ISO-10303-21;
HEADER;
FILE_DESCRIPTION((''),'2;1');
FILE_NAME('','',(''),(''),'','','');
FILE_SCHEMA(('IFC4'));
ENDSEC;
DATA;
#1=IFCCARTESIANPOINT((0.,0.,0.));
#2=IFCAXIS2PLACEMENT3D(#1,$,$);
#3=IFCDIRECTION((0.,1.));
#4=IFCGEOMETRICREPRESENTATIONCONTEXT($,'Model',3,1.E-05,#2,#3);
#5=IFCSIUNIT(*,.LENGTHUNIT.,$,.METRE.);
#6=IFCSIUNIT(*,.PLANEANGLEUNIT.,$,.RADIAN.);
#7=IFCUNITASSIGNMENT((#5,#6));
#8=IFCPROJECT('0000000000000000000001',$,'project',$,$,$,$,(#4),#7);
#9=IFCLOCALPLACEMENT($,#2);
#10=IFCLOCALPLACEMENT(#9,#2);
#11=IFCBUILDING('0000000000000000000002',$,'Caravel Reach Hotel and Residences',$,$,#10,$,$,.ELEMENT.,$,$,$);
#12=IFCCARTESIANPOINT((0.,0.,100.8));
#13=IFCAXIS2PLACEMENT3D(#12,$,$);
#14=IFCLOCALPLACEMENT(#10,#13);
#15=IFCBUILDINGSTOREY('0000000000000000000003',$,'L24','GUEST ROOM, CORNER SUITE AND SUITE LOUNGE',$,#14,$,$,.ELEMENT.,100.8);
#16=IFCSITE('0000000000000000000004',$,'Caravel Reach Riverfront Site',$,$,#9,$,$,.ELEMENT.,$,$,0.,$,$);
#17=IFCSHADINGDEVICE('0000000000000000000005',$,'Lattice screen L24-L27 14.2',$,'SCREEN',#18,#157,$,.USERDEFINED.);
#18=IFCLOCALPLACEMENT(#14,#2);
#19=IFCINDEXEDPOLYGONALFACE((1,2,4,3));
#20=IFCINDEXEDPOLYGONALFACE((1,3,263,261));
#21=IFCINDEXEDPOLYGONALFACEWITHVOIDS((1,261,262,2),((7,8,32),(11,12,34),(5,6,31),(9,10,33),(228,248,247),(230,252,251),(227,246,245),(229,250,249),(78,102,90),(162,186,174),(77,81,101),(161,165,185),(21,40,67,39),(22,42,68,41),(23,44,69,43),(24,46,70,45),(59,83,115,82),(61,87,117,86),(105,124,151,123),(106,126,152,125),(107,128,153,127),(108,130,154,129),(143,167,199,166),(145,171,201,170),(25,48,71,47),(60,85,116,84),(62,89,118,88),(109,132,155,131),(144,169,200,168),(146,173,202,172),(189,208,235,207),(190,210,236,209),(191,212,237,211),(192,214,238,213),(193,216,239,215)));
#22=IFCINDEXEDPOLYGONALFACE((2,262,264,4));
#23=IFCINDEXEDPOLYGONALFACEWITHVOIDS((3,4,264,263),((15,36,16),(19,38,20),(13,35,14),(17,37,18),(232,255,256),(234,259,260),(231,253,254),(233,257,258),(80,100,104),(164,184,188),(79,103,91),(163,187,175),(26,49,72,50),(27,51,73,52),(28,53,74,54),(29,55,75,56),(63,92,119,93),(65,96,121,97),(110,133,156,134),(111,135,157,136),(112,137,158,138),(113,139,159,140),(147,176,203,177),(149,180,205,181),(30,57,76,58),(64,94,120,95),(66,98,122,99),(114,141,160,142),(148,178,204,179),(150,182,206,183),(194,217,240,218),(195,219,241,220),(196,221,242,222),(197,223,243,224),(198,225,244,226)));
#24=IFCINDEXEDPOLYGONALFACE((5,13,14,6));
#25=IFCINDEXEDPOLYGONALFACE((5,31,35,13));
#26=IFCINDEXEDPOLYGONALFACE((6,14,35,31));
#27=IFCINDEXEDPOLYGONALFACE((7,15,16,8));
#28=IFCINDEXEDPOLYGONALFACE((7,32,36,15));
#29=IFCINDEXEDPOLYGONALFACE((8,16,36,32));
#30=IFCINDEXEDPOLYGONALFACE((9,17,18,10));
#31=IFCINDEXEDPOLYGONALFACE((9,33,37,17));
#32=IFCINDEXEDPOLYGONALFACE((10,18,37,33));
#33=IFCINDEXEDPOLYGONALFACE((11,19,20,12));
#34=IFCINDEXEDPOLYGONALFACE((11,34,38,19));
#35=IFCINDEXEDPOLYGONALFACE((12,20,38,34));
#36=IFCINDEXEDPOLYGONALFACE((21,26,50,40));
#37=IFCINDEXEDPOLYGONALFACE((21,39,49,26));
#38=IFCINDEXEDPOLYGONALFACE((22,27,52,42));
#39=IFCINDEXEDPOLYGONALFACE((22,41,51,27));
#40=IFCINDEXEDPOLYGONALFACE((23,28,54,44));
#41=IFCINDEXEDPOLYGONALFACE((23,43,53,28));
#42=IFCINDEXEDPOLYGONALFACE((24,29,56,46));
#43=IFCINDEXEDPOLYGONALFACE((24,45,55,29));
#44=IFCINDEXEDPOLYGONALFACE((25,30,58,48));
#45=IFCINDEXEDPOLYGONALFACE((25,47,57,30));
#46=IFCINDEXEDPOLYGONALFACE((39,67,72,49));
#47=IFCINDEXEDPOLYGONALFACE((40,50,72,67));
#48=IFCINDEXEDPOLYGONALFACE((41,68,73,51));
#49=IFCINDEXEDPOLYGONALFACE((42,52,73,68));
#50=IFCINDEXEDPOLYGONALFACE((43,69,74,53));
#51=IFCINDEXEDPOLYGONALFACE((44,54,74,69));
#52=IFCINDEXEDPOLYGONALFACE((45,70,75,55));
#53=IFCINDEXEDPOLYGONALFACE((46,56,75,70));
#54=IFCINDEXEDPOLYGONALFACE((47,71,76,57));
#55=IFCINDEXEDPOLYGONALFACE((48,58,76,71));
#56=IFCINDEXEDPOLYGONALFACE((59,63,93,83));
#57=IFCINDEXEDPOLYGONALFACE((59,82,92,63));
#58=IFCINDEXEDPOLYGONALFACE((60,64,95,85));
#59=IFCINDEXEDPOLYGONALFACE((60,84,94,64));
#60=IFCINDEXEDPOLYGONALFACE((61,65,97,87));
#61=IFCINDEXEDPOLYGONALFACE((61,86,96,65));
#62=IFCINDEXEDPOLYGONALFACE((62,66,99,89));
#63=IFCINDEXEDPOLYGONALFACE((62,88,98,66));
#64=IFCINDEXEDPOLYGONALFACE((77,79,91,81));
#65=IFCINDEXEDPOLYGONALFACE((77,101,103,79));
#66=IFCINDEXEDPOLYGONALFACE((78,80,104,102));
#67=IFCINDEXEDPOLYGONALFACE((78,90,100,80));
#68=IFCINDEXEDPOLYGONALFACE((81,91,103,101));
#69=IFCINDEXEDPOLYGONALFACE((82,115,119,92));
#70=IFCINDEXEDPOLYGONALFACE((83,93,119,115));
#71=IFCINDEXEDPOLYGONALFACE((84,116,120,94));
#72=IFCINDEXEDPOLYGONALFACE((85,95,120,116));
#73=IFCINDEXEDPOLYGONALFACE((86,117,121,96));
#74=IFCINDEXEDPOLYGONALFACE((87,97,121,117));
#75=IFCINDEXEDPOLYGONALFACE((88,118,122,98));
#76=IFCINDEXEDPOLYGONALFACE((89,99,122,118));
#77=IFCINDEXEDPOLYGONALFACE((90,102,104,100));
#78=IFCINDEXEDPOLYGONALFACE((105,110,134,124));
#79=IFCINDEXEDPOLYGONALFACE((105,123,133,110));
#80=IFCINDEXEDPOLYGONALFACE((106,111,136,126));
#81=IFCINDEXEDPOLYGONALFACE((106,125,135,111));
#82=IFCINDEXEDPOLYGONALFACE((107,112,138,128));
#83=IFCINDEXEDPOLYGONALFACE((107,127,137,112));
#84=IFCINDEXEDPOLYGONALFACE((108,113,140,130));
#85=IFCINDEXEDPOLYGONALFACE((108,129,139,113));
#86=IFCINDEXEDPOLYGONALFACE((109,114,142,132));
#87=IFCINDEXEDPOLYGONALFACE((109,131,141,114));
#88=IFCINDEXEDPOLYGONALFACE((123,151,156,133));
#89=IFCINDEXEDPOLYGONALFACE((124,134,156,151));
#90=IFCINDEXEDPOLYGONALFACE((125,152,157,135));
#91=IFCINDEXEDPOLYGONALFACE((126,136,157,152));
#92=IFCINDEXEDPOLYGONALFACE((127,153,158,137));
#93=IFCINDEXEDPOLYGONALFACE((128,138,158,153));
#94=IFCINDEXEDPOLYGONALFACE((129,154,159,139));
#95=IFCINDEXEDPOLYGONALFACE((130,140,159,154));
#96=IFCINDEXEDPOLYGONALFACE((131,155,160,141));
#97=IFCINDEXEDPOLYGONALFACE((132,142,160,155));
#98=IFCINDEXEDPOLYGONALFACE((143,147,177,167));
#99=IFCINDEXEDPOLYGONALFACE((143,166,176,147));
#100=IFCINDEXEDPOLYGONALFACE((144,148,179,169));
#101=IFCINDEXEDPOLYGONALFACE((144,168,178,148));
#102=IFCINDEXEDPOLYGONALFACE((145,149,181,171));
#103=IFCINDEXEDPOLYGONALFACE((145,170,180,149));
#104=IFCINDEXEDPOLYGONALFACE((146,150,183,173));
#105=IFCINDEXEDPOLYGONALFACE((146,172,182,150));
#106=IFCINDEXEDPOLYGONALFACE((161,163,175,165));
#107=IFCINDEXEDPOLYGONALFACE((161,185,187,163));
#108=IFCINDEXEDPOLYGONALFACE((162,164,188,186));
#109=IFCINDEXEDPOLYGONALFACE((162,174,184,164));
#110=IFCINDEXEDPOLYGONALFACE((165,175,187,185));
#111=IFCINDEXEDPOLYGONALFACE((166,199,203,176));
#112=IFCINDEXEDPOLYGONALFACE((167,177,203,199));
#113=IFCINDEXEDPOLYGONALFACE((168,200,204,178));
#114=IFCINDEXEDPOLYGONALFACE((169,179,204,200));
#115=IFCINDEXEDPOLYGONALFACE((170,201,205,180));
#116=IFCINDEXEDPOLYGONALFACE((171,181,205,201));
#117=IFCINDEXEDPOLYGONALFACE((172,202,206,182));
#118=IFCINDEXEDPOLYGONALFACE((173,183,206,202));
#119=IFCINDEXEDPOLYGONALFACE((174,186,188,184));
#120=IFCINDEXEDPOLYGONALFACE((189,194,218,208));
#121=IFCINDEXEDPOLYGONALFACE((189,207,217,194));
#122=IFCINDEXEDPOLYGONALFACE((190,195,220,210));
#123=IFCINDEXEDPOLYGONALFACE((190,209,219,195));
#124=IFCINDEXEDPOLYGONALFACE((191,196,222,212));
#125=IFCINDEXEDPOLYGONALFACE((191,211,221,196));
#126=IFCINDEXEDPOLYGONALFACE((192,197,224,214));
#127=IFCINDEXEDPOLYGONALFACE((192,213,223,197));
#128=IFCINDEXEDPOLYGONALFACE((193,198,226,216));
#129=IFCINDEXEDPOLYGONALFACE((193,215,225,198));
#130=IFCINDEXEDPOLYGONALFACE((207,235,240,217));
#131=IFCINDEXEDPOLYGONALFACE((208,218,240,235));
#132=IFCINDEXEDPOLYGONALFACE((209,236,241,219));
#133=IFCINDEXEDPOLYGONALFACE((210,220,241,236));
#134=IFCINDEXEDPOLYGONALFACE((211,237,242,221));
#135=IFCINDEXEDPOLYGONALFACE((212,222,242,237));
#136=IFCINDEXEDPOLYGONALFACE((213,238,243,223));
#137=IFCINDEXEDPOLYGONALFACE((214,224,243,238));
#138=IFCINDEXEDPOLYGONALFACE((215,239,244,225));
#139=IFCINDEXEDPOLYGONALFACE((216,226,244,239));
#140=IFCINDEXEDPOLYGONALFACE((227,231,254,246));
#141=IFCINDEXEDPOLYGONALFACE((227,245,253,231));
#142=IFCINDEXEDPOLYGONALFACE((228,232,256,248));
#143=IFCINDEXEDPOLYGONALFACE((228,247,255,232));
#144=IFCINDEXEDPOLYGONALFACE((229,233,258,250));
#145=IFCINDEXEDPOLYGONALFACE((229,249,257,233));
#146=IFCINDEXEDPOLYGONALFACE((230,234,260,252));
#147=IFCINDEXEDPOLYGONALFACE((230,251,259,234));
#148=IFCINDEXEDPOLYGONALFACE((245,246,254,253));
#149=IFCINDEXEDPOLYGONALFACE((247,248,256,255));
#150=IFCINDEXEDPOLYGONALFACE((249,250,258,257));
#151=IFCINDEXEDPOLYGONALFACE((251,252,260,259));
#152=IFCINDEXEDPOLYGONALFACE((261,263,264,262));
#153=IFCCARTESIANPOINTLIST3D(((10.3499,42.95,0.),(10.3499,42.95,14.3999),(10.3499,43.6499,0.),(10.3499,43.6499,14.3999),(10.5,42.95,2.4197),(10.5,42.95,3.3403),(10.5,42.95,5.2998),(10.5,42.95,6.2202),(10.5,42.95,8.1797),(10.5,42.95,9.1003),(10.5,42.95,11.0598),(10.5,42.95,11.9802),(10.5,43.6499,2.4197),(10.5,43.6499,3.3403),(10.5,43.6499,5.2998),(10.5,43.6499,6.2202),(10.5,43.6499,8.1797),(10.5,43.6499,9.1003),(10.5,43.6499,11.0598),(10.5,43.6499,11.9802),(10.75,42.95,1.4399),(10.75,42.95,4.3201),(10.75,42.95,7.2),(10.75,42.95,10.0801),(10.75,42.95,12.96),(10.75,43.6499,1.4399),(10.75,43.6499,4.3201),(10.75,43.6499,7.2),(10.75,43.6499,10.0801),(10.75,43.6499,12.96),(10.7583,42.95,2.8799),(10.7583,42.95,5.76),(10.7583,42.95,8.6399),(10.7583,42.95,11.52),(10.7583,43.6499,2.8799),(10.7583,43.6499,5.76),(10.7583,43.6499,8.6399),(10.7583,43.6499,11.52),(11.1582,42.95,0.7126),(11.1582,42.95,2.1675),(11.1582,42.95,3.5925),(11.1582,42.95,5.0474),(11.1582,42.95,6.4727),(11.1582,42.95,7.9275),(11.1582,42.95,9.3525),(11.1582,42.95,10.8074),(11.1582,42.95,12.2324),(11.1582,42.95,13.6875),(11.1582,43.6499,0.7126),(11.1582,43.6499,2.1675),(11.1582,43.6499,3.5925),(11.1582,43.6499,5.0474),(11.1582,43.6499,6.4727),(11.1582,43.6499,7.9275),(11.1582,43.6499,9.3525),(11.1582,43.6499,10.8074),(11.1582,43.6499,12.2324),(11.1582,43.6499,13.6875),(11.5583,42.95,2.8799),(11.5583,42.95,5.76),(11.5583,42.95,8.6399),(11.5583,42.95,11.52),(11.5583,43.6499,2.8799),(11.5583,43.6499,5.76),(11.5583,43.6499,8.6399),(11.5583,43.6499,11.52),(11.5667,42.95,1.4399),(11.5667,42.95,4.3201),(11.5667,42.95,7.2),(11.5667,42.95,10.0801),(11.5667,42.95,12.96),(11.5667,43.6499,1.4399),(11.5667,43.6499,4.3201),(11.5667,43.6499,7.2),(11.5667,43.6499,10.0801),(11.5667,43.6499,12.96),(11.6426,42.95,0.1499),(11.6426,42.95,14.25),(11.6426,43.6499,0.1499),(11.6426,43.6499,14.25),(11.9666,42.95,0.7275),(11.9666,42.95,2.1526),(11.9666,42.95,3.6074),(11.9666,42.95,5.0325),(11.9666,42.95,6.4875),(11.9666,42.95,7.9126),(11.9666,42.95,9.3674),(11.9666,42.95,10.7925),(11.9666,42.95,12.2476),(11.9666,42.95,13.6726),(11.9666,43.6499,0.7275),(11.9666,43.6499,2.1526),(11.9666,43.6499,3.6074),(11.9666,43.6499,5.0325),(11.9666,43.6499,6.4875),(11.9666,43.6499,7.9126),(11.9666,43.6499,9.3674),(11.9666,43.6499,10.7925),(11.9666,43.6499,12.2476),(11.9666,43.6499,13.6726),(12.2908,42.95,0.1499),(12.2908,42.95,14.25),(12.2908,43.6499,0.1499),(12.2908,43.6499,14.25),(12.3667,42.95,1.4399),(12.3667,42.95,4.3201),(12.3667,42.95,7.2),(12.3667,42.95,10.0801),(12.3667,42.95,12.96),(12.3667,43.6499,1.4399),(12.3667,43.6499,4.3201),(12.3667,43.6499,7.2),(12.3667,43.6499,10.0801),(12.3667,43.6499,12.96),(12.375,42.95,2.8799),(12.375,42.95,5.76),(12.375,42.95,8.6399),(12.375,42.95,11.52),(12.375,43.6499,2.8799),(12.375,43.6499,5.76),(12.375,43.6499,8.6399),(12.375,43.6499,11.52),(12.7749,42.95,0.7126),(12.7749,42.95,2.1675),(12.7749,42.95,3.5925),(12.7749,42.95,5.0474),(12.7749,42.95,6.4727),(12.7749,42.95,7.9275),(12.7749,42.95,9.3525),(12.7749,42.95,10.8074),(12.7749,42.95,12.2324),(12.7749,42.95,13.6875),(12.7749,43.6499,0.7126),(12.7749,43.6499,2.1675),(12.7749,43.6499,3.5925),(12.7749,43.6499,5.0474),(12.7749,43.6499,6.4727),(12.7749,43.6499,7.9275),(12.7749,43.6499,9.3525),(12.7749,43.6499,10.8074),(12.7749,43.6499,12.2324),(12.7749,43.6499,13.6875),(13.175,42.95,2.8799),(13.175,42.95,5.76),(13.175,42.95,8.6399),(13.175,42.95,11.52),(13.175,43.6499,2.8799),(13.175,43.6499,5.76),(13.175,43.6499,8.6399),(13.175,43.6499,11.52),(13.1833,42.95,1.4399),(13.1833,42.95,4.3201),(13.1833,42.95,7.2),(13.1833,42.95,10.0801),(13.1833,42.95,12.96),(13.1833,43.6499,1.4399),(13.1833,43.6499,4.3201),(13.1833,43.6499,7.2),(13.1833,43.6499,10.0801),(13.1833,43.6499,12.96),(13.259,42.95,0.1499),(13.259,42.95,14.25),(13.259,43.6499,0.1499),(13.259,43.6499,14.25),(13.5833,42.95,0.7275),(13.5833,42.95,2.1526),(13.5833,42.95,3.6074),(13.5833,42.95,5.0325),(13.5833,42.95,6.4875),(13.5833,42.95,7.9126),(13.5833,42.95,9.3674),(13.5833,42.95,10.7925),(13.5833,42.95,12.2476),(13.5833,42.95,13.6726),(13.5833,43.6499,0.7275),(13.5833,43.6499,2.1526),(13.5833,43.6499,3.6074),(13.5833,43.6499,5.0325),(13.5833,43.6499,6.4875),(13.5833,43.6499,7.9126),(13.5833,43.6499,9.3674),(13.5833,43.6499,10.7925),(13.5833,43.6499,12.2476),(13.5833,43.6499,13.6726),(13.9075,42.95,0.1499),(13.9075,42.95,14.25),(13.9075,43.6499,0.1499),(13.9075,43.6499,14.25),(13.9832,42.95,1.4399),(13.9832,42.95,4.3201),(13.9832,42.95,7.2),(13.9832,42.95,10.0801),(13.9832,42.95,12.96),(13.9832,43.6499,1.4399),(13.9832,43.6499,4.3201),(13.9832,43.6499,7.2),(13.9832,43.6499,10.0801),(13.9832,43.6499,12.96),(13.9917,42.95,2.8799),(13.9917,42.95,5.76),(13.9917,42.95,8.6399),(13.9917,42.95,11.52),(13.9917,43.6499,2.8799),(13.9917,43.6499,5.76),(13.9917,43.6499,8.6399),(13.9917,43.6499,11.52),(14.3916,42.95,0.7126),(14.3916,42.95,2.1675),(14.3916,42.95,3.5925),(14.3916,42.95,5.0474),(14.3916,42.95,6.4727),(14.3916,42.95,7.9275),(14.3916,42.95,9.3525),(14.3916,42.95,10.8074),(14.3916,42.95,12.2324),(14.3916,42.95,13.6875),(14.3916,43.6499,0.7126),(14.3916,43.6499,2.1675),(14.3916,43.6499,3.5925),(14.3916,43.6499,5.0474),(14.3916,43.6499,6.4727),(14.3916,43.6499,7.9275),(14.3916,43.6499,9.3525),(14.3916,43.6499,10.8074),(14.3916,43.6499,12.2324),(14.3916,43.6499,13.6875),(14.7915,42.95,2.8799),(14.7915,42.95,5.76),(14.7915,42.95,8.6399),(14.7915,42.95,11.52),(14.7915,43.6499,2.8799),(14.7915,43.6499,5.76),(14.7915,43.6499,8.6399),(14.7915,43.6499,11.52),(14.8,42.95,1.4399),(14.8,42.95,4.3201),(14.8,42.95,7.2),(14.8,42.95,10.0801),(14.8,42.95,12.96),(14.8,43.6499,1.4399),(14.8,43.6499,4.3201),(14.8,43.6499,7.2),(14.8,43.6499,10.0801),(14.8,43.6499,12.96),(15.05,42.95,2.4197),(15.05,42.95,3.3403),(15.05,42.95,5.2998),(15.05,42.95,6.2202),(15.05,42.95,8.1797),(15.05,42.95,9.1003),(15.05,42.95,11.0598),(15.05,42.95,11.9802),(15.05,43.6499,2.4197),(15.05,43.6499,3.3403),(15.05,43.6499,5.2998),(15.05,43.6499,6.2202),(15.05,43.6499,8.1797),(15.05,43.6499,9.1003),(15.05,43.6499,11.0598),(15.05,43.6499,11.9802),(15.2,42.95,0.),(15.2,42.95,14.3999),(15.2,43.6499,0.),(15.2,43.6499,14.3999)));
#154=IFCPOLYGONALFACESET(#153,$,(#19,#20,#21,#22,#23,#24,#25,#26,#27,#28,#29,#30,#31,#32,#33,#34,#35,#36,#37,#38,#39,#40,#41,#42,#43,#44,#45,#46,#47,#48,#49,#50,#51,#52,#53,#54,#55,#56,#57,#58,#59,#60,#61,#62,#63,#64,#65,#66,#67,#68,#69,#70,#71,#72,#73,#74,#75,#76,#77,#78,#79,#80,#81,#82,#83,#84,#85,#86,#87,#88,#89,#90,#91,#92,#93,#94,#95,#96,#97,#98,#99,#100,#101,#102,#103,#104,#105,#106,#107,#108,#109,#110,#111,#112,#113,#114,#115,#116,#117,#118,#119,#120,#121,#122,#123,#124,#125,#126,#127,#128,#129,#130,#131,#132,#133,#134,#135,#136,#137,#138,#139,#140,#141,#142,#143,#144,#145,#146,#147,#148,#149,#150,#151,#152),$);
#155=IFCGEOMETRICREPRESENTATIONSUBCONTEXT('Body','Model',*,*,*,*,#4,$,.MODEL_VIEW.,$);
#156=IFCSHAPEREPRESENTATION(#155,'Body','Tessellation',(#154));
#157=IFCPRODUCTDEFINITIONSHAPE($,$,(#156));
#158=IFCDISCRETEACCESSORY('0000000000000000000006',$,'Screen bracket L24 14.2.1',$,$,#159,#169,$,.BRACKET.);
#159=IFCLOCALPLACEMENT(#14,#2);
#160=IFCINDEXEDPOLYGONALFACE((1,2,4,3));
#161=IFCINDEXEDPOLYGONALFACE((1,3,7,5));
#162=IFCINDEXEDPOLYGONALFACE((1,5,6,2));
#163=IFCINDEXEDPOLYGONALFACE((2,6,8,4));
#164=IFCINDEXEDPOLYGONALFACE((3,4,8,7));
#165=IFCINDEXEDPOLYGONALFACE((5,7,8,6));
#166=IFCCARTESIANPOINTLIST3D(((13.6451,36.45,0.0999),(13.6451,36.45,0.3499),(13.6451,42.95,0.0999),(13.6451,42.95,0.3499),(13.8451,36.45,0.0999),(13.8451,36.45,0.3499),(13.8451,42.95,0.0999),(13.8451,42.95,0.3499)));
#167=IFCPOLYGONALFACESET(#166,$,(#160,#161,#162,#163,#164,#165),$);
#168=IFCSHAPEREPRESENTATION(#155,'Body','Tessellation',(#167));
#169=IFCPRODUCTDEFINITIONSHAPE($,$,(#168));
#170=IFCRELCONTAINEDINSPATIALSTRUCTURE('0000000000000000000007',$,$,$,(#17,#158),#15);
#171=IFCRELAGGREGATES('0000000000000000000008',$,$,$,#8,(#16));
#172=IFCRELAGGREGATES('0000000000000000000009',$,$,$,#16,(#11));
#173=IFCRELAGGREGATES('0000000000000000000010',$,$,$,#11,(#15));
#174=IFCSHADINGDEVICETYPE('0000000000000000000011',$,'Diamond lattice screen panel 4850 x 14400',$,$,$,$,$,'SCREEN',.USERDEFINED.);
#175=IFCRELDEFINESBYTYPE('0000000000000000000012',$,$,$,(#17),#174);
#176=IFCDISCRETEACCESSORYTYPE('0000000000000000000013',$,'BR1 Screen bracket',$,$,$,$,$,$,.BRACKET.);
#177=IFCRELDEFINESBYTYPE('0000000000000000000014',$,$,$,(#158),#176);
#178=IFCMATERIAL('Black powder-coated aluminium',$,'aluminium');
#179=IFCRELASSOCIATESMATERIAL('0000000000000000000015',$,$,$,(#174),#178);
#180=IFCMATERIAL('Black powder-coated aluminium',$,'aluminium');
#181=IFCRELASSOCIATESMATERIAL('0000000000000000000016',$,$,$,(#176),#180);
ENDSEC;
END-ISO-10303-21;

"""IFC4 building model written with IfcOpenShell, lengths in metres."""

from ifc_helpers import new_model, si_unit, direction, frame, origin, origin_2d, place, context, subcontext, project, spatial, polyline, rectangle, outline, extrude, material, type_object, element, save


model = new_model("IFC4")

# Units and contexts
model_context = context("Model", 3, precision=1e-05, world=origin(), true_north=direction((0.0, 1.0)))
body_context = subcontext(model_context, "Body", "Model", "MODEL_VIEW")
ifc_project = project(units=[si_unit("LENGTHUNIT", "METRE"), si_unit("PLANEANGLEUNIT", "RADIAN")], contexts=[model_context])

# Site, building, storey
site_placement = place(None, origin())
site = spatial("IfcSite", under=ifc_project, at=site_placement, Name="Caravel Reach Riverfront Site", CompositionType="ELEMENT", RefElevation=0.0)
building_placement = place(site_placement, origin())
building = spatial("IfcBuilding", under=site, at=building_placement, Name="Caravel Reach Hotel and Residences", CompositionType="ELEMENT")
storey_placement = place(building_placement, frame((0.0, 0.0, 100.8)))
storey = spatial("IfcBuildingStorey", under=building, at=storey_placement, Name="L24", Description="GUEST ROOM, CORNER SUITE AND SUITE LOUNGE", CompositionType="ELEMENT", Elevation=100.8)

# Shading device
ifc_material_1 = material(Name="Black powder-coated aluminium", Category="aluminium")
shading_device_type_1 = type_object("IfcShadingDeviceType", Name="Diamond lattice screen panel 4850 x 14400", ElementType="SCREEN", PredefinedType="USERDEFINED", material=ifc_material_1)
shading_device_1_placement = place(storey_placement, frame((15.2, 42.95, 0.0), z_axis=(0.0, 1.0, 0.0), x_axis=(-1.0, 0.0, 0.0)))
element("IfcShadingDevice", 1, at=shading_device_1_placement, inside=storey, type_object=shading_device_type_1, Name="Lattice screen L24-L27 14.2", ObjectType="SCREEN", PredefinedType="USERDEFINED", context=body_context, shape_type="SweptSolid", body=[
    extrude(outline(polyline([(0.0, 0.0), (4.8501, 0.0), (4.8501, 14.3999), (0.0, 14.3999), (0.0, 0.0)]), holes=[polyline([(0.4084, 2.8799), (0.1499, 3.3403), (0.1499, 2.4197), (0.4084, 2.8799)]), polyline([(0.4084, 5.76), (0.1499, 6.2202), (0.1499, 5.2998), (0.4084, 5.76)]), polyline([(0.4084, 8.6399), (0.1499, 9.1003), (0.1499, 8.1797), (0.4084, 8.6399)]), polyline([(0.4084, 11.52), (0.1499, 11.9802), (0.1499, 11.0598), (0.4084, 11.52)]), polyline([(0.8083, 2.1675), (0.3999, 1.4399), (0.8083, 0.7126), (1.2168, 1.4399), (0.8083, 2.1675)]), polyline([(0.8083, 5.0474), (0.3999, 4.3201), (0.8083, 3.5925), (1.2168, 4.3201), (0.8083, 5.0474)]), polyline([(0.8083, 7.9275), (0.3999, 7.2), (0.8083, 6.4727), (1.2168, 7.2), (0.8083, 7.9275)]), polyline([(0.8083, 10.8074), (0.3999, 10.0801), (0.8083, 9.3525), (1.2168, 10.0801), (0.8083, 10.8074)]), polyline([(0.8083, 13.6875), (0.3999, 12.96), (0.8083, 12.2324), (1.2168, 12.96), (0.8083, 13.6875)]), polyline([(1.6167, 0.7275), (1.2925, 0.1499), (1.9409, 0.1499), (1.6167, 0.7275)]), polyline([(1.6167, 3.6074), (1.2083, 2.8799), (1.6167, 2.1526), (2.0249, 2.8799), (1.6167, 3.6074)]), polyline([(1.6167, 6.4875), (1.2083, 5.76), (1.6167, 5.0325), (2.0249, 5.76), (1.6167, 6.4875)]), polyline([(1.6167, 9.3674), (1.2083, 8.6399), (1.6167, 7.9126), (2.0249, 8.6399), (1.6167, 9.3674)]), polyline([(1.6167, 12.2476), (1.2083, 11.52), (1.6167, 10.7925), (2.0249, 11.52), (1.6167, 12.2476)]), polyline([(1.6167, 13.6726), (1.9409, 14.25), (1.2925, 14.25), (1.6167, 13.6726)]), polyline([(2.425, 2.1675), (2.0166, 1.4399), (2.425, 0.7126), (2.8333, 1.4399), (2.425, 2.1675)]), polyline([(2.425, 5.0474), (2.0166, 4.3201), (2.425, 3.5925), (2.8333, 4.3201), (2.425, 5.0474)]), polyline([(2.425, 7.9275), (2.0166, 7.2), (2.425, 6.4727), (2.8333, 7.2), (2.425, 7.9275)]), polyline([(2.425, 10.8074), (2.0166, 10.0801), (2.425, 9.3525), (2.8333, 10.0801), (2.425, 10.8074)]), polyline([(2.425, 13.6875), (2.0166, 12.96), (2.425, 12.2324), (2.8333, 12.96), (2.425, 13.6875)]), polyline([(3.2334, 0.7275), (2.9092, 0.1499), (3.5574, 0.1499), (3.2334, 0.7275)]), polyline([(3.2334, 3.6074), (2.825, 2.8799), (3.2334, 2.1526), (3.6416, 2.8799), (3.2334, 3.6074)]), polyline([(3.2334, 6.4875), (2.825, 5.76), (3.2334, 5.0325), (3.6416, 5.76), (3.2334, 6.4875)]), polyline([(3.2334, 9.3674), (2.825, 8.6399), (3.2334, 7.9126), (3.6416, 8.6399), (3.2334, 9.3674)]), polyline([(3.2334, 12.2476), (2.825, 11.52), (3.2334, 10.7925), (3.6416, 11.52), (3.2334, 12.2476)]), polyline([(3.2334, 13.6726), (3.5574, 14.25), (2.9092, 14.25), (3.2334, 13.6726)]), polyline([(4.0417, 2.1675), (3.6333, 1.4399), (4.0417, 0.7126), (4.45, 1.4399), (4.0417, 2.1675)]), polyline([(4.0417, 5.0474), (3.6333, 4.3201), (4.0417, 3.5925), (4.45, 4.3201), (4.0417, 5.0474)]), polyline([(4.0417, 7.9275), (3.6333, 7.2), (4.0417, 6.4727), (4.45, 7.2), (4.0417, 7.9275)]), polyline([(4.0417, 10.8074), (3.6333, 10.0801), (4.0417, 9.3525), (4.45, 10.0801), (4.0417, 10.8074)]), polyline([(4.0417, 13.6875), (3.6333, 12.96), (4.0417, 12.2324), (4.45, 12.96), (4.0417, 13.6875)]), polyline([(4.4417, 2.8799), (4.7, 2.4197), (4.7, 3.3403), (4.4417, 2.8799)]), polyline([(4.4417, 5.76), (4.7, 5.2998), (4.7, 6.2202), (4.4417, 5.76)]), polyline([(4.4417, 8.6399), (4.7, 8.1797), (4.7, 9.1003), (4.4417, 8.6399)]), polyline([(4.4417, 11.52), (4.7, 11.0598), (4.7, 11.9802), (4.4417, 11.52)])]), origin(), (0.0, 0.0, 1.0), 0.7),
])

# Discrete accessory
ifc_material_2 = material(Name="Black powder-coated aluminium", Category="aluminium")
discrete_accessory_type = type_object("IfcDiscreteAccessoryType", Name="BR1 Screen bracket", PredefinedType="BRACKET", material=ifc_material_2)
discrete_accessory_1_placement = place(storey_placement, frame((13.7451, 39.7, 0.0999), z_axis=(0.0, 0.0, 1.0), x_axis=(0.0, 1.0, 0.0)))
element("IfcDiscreteAccessory", 2, at=discrete_accessory_1_placement, inside=storey, type_object=discrete_accessory_type, Name="Screen bracket L24 14.2.1", PredefinedType="BRACKET", context=body_context, shape_type="SweptSolid", body=[
    extrude(rectangle(XDim=6.5, YDim=0.2, at=origin_2d()), origin(), (0.0, 0.0, 1.0), 0.25),
])

save(model, "model.ifc")
